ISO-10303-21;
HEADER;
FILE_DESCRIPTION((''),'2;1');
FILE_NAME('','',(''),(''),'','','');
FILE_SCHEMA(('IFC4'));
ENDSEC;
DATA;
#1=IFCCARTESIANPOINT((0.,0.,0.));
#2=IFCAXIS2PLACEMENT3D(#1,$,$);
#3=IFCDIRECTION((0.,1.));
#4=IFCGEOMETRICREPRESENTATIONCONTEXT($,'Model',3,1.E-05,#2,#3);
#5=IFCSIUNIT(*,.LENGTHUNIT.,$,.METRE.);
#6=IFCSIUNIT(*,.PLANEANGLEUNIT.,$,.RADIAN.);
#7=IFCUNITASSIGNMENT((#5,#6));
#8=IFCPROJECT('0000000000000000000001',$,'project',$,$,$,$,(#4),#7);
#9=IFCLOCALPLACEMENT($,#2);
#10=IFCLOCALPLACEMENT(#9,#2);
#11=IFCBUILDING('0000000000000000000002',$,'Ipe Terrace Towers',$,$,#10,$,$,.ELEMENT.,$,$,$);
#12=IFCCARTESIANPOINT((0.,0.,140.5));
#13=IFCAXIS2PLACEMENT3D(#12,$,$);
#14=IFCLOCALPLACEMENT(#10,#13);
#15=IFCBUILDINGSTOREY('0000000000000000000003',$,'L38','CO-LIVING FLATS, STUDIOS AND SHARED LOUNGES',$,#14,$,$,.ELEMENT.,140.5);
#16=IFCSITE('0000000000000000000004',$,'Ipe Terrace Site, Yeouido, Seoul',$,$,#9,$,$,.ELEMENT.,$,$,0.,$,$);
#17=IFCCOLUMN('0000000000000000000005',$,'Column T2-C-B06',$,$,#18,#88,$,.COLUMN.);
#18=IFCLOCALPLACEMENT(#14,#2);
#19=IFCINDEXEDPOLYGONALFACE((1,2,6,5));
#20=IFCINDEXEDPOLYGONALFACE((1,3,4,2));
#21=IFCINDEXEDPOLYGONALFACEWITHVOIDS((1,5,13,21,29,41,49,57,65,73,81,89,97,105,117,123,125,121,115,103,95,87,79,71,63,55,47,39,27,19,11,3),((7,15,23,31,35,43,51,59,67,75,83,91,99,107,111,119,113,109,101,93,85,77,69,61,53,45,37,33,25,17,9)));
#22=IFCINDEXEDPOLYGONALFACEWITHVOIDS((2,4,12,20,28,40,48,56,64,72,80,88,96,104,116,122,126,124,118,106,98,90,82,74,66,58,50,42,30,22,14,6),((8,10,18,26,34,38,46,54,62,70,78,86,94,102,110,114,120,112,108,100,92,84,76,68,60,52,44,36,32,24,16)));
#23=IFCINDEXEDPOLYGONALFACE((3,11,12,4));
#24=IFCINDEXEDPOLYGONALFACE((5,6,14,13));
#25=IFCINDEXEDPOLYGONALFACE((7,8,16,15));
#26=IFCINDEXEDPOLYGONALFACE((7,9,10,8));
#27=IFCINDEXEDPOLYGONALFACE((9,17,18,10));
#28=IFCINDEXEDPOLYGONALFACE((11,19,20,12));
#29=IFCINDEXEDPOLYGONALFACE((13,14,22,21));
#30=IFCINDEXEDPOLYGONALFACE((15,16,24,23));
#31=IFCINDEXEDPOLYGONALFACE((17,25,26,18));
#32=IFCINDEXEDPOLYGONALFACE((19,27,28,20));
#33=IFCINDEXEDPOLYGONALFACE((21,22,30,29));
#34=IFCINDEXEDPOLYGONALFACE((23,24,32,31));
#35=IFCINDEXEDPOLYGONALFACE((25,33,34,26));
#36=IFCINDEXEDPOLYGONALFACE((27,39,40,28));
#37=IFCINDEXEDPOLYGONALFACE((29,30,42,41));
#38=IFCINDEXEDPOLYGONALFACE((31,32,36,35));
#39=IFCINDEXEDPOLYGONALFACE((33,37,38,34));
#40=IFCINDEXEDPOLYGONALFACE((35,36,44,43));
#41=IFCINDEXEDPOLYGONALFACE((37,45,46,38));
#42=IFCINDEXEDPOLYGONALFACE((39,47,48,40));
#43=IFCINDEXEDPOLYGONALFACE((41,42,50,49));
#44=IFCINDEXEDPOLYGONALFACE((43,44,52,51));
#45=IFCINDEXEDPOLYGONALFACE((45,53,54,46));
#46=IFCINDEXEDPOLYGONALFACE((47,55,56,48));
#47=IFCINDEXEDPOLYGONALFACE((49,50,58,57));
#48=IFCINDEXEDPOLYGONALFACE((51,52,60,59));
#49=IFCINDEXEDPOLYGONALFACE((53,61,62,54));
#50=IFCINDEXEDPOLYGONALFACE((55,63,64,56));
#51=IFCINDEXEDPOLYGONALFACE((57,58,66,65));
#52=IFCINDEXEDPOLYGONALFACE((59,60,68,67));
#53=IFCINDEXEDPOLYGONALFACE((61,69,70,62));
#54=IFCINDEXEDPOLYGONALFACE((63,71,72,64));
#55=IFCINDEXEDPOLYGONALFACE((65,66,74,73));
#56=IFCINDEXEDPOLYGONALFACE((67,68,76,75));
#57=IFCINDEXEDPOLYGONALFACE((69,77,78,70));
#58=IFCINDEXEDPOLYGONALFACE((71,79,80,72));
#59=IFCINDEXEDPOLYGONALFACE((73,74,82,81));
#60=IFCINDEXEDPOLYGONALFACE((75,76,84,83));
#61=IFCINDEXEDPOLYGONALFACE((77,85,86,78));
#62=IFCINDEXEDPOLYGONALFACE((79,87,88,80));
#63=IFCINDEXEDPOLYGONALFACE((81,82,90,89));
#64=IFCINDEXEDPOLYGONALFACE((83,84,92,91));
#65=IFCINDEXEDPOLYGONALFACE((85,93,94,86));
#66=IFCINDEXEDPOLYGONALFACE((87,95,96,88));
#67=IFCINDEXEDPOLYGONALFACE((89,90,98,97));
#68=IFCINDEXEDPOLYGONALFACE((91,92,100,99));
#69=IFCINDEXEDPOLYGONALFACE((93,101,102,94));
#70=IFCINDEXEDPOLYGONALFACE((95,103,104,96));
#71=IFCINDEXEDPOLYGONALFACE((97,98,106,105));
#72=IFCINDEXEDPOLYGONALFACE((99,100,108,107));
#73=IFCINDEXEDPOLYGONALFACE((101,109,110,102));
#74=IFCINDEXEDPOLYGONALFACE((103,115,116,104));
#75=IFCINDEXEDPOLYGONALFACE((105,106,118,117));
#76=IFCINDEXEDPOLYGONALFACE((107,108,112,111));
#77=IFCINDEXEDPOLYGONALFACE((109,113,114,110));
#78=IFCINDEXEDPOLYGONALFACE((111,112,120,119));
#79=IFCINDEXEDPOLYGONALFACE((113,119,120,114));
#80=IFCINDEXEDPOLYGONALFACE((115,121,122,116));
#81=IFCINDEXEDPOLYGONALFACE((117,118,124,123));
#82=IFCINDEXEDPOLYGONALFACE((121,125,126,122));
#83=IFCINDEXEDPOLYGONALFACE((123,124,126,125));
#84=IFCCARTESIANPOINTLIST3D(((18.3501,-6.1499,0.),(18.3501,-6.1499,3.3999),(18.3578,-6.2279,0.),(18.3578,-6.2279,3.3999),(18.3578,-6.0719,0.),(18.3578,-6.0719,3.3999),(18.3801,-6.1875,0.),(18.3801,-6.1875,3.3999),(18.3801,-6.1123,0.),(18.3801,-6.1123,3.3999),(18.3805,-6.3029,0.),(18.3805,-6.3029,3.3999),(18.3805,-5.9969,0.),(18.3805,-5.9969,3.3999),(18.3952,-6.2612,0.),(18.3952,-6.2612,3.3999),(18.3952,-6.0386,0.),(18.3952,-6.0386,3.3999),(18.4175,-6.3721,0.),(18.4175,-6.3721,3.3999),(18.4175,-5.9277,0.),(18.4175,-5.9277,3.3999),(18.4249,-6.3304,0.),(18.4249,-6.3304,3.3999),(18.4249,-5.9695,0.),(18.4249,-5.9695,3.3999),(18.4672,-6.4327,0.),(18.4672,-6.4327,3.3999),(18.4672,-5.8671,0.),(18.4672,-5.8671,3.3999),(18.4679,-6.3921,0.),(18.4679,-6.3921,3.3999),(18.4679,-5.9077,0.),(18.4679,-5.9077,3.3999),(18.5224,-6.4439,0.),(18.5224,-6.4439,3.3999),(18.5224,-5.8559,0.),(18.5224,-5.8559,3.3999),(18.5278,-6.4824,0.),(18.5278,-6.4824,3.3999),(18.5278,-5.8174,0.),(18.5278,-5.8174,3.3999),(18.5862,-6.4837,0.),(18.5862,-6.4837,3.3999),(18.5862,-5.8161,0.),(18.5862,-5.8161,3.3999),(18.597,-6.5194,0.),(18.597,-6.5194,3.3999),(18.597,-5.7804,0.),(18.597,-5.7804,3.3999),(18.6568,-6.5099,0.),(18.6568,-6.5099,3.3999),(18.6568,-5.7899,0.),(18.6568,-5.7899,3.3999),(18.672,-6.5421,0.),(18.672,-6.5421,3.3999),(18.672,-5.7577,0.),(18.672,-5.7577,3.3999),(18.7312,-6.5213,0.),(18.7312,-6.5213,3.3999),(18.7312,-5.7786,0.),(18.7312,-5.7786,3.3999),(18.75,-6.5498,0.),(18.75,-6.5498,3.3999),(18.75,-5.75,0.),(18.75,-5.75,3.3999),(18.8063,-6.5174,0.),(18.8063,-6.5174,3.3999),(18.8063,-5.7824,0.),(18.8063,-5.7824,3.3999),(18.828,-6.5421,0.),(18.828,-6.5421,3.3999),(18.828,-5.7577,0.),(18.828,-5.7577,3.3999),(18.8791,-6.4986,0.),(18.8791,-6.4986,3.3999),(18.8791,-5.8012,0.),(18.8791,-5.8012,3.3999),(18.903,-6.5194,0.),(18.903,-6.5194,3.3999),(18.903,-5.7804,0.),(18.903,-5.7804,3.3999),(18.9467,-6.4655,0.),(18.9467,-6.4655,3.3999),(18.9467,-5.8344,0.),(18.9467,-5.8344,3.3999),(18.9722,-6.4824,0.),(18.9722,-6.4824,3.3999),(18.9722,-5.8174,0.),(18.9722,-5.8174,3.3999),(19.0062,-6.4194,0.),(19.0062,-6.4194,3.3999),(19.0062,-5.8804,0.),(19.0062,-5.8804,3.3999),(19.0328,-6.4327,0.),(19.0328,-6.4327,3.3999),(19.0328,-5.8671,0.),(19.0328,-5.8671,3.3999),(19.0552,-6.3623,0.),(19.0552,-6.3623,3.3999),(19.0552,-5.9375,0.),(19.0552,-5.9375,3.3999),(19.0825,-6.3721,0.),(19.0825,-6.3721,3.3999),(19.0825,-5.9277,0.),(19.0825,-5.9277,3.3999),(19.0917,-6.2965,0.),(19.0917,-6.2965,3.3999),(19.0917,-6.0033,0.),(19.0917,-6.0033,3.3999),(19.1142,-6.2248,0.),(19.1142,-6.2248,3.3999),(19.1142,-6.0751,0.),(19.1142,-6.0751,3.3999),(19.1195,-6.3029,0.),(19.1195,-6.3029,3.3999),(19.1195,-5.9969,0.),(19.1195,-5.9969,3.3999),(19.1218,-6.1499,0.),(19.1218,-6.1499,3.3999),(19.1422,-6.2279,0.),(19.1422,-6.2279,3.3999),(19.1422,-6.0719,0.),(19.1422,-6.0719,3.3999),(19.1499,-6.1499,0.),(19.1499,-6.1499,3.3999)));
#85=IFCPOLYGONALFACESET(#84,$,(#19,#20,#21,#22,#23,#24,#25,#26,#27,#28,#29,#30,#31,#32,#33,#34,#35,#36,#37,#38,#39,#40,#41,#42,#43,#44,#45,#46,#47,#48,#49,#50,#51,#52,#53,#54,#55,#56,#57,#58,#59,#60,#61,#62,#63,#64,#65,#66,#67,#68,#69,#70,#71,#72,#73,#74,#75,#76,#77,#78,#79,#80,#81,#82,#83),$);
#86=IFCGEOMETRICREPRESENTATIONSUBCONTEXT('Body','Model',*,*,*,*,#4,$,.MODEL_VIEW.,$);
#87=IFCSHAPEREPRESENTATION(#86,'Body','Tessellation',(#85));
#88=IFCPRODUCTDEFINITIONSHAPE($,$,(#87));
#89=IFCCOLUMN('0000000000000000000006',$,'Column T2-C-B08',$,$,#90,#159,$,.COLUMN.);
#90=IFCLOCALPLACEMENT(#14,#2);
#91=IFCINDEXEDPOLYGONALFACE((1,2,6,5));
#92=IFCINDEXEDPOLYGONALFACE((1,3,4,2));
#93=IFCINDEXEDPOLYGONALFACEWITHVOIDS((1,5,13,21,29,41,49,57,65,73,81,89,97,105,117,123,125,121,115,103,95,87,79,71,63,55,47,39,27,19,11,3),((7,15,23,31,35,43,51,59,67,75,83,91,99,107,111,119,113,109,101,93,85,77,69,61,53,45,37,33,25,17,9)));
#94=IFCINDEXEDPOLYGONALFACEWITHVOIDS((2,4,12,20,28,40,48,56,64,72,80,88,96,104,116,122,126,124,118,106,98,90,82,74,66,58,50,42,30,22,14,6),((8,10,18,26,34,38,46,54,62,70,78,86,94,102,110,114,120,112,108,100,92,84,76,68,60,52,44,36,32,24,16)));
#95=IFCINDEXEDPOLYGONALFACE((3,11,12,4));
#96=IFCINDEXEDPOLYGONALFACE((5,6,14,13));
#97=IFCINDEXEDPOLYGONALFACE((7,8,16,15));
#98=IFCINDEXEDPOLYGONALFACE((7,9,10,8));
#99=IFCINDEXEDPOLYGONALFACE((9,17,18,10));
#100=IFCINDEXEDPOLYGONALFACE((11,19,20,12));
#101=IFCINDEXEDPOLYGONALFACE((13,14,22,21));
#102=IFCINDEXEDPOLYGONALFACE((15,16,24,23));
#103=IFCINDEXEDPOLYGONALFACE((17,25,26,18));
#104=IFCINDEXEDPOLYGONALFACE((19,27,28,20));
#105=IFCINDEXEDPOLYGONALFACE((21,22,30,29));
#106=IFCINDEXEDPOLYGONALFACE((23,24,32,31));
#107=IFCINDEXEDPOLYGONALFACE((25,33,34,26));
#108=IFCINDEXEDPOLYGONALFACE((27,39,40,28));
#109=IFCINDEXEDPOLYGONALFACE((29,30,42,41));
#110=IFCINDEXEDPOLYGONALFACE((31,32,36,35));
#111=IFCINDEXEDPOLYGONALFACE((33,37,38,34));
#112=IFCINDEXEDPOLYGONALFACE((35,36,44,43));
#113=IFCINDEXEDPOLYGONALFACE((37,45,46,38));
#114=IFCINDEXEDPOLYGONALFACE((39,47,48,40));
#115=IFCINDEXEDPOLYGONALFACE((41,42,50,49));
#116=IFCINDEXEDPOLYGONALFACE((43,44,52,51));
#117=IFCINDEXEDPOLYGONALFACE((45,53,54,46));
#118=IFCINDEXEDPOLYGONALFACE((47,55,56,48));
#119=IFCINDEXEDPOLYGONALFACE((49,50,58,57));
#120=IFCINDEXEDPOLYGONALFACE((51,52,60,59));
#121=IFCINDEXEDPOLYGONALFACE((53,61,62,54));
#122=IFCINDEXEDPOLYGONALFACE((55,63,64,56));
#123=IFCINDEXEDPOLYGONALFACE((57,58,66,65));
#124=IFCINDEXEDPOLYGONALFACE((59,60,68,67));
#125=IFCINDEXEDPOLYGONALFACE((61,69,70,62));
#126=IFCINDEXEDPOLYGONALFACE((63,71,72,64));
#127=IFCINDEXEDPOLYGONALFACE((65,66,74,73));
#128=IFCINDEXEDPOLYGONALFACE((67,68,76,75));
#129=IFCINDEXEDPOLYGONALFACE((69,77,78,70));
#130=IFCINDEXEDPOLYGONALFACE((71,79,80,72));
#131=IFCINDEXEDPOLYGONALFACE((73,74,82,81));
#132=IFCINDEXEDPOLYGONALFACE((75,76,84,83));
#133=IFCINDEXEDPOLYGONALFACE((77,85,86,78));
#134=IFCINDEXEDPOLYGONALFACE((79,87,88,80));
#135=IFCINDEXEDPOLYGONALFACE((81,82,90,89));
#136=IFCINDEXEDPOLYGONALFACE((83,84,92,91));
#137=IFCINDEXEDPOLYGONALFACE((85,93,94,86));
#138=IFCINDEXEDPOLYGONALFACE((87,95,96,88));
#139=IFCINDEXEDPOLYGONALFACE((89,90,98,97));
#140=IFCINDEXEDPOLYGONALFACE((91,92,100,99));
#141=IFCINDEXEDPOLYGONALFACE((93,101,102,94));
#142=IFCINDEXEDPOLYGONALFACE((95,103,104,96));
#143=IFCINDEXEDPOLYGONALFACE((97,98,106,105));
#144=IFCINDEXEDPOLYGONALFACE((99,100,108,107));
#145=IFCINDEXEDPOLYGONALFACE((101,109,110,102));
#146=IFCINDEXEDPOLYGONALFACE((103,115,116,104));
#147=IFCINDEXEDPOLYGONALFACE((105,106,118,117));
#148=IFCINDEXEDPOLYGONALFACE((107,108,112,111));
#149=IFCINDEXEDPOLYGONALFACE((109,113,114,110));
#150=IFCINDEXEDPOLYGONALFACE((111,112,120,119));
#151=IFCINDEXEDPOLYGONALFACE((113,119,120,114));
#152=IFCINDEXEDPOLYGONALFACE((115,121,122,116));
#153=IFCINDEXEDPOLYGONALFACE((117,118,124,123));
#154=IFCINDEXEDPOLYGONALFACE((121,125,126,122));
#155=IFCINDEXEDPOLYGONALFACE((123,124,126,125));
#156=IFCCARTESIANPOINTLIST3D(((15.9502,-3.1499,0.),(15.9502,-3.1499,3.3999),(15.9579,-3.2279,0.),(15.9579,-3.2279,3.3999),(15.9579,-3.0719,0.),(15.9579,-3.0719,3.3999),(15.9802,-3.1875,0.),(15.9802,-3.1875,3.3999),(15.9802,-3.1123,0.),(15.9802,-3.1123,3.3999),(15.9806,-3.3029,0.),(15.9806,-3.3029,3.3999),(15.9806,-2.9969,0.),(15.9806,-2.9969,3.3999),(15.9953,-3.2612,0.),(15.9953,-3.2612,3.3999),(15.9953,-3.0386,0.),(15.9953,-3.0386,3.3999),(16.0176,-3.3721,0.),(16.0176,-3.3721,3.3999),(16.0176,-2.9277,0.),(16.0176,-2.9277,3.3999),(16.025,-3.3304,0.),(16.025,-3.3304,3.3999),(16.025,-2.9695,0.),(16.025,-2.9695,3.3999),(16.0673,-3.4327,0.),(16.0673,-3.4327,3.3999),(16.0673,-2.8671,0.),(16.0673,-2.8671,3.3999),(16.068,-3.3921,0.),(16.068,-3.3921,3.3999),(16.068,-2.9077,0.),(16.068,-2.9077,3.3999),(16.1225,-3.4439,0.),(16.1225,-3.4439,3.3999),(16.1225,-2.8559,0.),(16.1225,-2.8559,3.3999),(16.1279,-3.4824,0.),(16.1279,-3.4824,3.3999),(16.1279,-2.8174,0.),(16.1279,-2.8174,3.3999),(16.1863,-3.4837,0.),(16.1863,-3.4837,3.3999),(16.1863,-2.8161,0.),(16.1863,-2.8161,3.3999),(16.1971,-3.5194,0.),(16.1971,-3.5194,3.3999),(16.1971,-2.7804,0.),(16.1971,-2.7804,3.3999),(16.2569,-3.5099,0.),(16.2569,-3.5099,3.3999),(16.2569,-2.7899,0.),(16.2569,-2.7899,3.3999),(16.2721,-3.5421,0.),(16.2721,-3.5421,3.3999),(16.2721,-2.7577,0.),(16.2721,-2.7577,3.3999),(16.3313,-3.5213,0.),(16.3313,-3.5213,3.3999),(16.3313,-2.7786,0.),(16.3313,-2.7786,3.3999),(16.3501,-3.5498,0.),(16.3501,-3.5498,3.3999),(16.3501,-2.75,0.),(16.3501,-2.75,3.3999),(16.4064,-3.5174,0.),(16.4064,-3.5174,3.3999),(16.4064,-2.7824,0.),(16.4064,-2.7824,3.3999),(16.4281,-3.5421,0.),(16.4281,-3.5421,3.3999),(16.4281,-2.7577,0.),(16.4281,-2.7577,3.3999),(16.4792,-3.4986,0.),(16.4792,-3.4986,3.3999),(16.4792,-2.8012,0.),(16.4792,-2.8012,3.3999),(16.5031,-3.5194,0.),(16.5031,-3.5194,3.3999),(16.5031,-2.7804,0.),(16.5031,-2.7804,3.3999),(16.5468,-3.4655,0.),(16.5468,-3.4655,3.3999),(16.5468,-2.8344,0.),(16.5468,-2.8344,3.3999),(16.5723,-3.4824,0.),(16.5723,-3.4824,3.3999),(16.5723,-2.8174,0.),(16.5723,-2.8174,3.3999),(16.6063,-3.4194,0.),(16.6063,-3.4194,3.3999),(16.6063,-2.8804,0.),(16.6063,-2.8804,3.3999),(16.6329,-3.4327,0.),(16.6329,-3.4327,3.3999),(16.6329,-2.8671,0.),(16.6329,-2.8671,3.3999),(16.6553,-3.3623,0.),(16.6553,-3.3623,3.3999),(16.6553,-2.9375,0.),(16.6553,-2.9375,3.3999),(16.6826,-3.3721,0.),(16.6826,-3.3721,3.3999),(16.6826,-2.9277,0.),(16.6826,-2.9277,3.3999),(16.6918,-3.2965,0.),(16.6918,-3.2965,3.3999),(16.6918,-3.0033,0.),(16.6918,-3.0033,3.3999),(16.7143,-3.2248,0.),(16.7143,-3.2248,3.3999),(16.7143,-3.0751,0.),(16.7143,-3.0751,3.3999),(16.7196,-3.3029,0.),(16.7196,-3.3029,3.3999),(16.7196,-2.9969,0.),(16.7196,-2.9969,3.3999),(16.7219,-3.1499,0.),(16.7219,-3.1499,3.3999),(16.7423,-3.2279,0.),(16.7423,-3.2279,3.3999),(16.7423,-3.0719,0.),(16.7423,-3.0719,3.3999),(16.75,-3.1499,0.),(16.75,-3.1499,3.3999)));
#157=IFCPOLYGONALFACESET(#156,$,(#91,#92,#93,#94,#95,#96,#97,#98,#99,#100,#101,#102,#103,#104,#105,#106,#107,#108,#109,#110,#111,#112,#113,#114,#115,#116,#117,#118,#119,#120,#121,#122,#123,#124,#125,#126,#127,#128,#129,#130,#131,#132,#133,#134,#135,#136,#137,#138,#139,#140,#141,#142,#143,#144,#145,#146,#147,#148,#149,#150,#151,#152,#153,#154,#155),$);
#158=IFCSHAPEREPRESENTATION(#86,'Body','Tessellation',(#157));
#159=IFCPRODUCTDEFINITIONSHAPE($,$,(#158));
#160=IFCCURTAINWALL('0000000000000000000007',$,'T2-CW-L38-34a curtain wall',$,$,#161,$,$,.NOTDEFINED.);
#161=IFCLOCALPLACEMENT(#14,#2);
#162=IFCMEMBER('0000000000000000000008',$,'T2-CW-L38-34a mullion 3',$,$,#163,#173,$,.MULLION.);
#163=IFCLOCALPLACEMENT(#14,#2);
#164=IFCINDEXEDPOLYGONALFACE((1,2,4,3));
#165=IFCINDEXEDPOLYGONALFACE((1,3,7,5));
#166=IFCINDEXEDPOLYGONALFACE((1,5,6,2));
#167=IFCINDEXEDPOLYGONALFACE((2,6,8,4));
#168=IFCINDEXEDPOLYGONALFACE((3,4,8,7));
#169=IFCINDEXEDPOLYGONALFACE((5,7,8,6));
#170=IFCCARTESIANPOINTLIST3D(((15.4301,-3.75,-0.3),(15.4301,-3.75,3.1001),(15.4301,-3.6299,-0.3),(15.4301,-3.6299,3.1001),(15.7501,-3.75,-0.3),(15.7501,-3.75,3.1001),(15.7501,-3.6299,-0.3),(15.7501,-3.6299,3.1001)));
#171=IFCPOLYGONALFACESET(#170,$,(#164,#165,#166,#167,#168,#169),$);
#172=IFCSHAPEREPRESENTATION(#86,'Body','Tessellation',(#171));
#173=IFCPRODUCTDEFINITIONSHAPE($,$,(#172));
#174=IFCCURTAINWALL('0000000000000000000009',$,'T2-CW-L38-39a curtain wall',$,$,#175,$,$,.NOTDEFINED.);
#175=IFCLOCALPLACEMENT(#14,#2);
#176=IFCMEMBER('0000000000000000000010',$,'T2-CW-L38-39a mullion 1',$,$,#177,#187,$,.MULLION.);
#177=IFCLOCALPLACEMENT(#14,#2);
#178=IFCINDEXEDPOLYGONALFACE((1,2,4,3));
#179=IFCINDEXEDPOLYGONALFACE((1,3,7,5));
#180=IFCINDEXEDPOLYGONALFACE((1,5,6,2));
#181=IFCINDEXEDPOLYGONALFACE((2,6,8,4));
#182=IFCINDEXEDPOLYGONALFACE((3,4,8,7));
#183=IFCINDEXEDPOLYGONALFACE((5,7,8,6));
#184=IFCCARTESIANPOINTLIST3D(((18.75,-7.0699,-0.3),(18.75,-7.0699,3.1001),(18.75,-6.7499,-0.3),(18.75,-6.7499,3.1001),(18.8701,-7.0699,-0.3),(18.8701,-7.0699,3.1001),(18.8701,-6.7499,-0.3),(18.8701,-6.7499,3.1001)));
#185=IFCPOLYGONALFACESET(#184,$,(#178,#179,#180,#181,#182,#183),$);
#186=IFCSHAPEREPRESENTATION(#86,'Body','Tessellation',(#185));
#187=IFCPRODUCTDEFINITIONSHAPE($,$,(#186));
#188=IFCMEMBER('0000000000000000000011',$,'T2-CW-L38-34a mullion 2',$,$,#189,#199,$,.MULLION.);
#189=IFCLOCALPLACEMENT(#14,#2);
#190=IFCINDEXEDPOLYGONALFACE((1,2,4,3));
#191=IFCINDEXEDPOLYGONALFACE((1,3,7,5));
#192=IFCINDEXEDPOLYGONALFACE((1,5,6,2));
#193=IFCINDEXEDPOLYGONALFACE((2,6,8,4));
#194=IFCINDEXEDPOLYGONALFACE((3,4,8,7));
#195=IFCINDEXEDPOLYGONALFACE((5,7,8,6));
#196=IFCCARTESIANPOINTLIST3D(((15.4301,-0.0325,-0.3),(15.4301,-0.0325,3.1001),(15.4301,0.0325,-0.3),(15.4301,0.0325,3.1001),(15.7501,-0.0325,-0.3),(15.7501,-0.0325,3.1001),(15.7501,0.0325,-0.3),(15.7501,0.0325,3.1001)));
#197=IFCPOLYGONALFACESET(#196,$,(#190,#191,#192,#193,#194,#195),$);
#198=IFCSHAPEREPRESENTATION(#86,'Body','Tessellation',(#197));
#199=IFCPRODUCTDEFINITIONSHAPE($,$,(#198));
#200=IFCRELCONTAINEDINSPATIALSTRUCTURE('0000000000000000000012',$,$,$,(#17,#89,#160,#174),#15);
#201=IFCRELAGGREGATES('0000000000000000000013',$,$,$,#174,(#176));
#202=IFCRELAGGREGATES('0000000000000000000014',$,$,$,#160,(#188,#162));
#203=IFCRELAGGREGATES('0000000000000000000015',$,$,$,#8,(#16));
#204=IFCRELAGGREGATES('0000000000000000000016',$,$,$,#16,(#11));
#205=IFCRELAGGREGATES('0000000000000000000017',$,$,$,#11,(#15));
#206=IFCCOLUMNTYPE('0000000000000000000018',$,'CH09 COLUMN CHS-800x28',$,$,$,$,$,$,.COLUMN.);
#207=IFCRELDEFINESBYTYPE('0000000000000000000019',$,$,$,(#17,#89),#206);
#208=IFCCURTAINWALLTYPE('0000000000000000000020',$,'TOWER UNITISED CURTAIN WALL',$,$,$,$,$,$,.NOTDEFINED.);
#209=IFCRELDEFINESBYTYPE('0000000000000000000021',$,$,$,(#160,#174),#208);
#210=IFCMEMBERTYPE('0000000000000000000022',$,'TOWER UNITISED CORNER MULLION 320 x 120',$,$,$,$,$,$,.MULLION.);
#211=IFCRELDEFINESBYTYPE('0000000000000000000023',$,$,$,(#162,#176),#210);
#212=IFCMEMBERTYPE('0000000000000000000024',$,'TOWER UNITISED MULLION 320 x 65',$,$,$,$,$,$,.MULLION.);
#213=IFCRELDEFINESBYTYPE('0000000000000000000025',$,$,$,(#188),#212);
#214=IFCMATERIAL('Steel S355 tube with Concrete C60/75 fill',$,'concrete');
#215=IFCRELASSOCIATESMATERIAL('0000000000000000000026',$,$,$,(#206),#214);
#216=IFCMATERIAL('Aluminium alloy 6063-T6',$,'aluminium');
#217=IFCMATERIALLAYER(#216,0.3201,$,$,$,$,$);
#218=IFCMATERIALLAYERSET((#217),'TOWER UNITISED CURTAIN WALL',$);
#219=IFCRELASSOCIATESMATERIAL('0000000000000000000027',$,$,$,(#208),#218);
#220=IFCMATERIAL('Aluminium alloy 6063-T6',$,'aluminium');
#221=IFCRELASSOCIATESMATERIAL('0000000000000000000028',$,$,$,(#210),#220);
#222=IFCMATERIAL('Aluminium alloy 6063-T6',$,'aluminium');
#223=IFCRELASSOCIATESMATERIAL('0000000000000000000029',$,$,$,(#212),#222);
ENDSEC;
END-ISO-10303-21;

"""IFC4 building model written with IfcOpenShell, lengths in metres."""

from ifc_helpers import new_model, si_unit, direction, frame, origin, origin_2d, place, context, subcontext, project, spatial, rectangle, hollow_circle, extrude, material, layer, layer_set, material_profile, profile_set, type_object, element, aggregate, save


model = new_model("IFC4")

# Units and contexts
model_context = context("Model", 3, precision=1e-05, world=origin(), true_north=direction((0.0, 1.0)))
body_context = subcontext(model_context, "Body", "Model", "MODEL_VIEW")
ifc_project = project(units=[si_unit("LENGTHUNIT", "METRE"), si_unit("PLANEANGLEUNIT", "RADIAN")], contexts=[model_context])

# Site, building, storey
site_placement = place(None, origin())
site = spatial("IfcSite", under=ifc_project, at=site_placement, Name="Ipe Terrace Site, Yeouido, Seoul", CompositionType="ELEMENT", RefElevation=0.0)
building_placement = place(site_placement, origin())
building = spatial("IfcBuilding", under=site, at=building_placement, Name="Ipe Terrace Towers", CompositionType="ELEMENT")
storey_placement = place(building_placement, frame((0.0, 0.0, 140.5)))
storey = spatial("IfcBuildingStorey", under=building, at=storey_placement, Name="L38", Description="CO-LIVING FLATS, STUDIOS AND SHARED LOUNGES", CompositionType="ELEMENT", Elevation=140.5)

# Columns
ifc_material_1 = material(Name="Steel S355 tube with Concrete C60/75 fill", Category="concrete")
ifc_material_profile_1 = material_profile(ifc_material_1, hollow_circle(Radius=0.3999, WallThickness=0.0281, at=origin_2d()), Name="CHS-800x28")
ifc_profile_set_1 = profile_set([ifc_material_profile_1], Name="Steel S355 tube with Concrete C60/75 fill")
column_type = type_object("IfcColumnType", Name="CH09 COLUMN CHS-800x28", PredefinedType="COLUMN", material=ifc_profile_set_1)
for number, where, z_axis, x_axis, name in (
    (1, (18.75, -6.1499, 0.0), (0.0, 0.0, 1.0), (1.0, 0.0, 0.0), "Column T2-C-B06"),
    (2, (16.3501, -3.1499, 0.0), (0.0, 0.0, 1.0), (1.0, 0.0, 0.0), "Column T2-C-B08"),
):
    element("IfcColumn", number, at=place(storey_placement, frame(where, z_axis=z_axis, x_axis=x_axis)), inside=storey, type_object=column_type, Name=name, PredefinedType="COLUMN", context=body_context, shape_type="SweptSolid", body=[
        extrude(hollow_circle(Radius=0.3999, WallThickness=0.0281, at=origin_2d()), origin(), (0.0, 0.0, 1.0), 3.3999),
    ])

# Curtain walls, members
ifc_material_2 = material(Name="Aluminium alloy 6063-T6", Category="aluminium")
ifc_layer_1 = layer(ifc_material_2, 0.3201)
ifc_layer_set_1 = layer_set([ifc_layer_1], Name="TOWER UNITISED CURTAIN WALL")
curtain_wall_type = type_object("IfcCurtainWallType", Name="TOWER UNITISED CURTAIN WALL", PredefinedType="NOTDEFINED", material=ifc_layer_set_1)
curtain_wall_1_placement = place(storey_placement, origin())
curtain_wall_1 = element("IfcCurtainWall", 3, at=curtain_wall_1_placement, inside=storey, type_object=curtain_wall_type, Name="T2-CW-L38-34a curtain wall", PredefinedType="NOTDEFINED")
ifc_material_3 = material(Name="Aluminium alloy 6063-T6", Category="aluminium")
ifc_material_profile_2 = material_profile(ifc_material_3, rectangle(XDim=0.3201, YDim=0.1201, at=origin_2d()), Name="TOWER UNITISED CORNER MULLION 320 x 120")
ifc_profile_set_2 = profile_set([ifc_material_profile_2], Name="Aluminium alloy 6063-T6")
member_type_1 = type_object("IfcMemberType", Name="TOWER UNITISED CORNER MULLION 320 x 120", PredefinedType="MULLION", material=ifc_profile_set_2)
member_1_placement = place(storey_placement, frame((15.5901, -3.6899, -0.3), z_axis=(0.0, 0.0, 1.0), x_axis=(-1.0, 0.0, 0.0)))
member_1 = element("IfcMember", 4, at=member_1_placement, type_object=member_type_1, Name="T2-CW-L38-34a mullion 3", PredefinedType="MULLION", context=body_context, shape_type="SweptSolid", body=[
    extrude(rectangle(XDim=0.3201, YDim=0.1201, at=origin_2d()), origin(), (0.0, 0.0, 1.0), 3.4001),
])
curtain_wall_2_placement = place(storey_placement, origin())
curtain_wall_2 = element("IfcCurtainWall", 5, at=curtain_wall_2_placement, inside=storey, type_object=curtain_wall_type, Name="T2-CW-L38-39a curtain wall", PredefinedType="NOTDEFINED")
member_2_placement = place(storey_placement, frame((18.8101, -6.9099, -0.3), z_axis=(0.0, 0.0, 1.0), x_axis=(0.0, -1.0, 0.0)))
member_2 = element("IfcMember", 6, at=member_2_placement, type_object=member_type_1, Name="T2-CW-L38-39a mullion 1", PredefinedType="MULLION", context=body_context, shape_type="SweptSolid", body=[
    extrude(rectangle(XDim=0.3201, YDim=0.1201, at=origin_2d()), origin(), (0.0, 0.0, 1.0), 3.4001),
])
aggregate(curtain_wall_2, [member_2])

# Member
ifc_material_4 = material(Name="Aluminium alloy 6063-T6", Category="aluminium")
ifc_material_profile_3 = material_profile(ifc_material_4, rectangle(XDim=0.3201, YDim=0.0649, at=origin_2d()), Name="TOWER UNITISED MULLION 320 x 65")
ifc_profile_set_3 = profile_set([ifc_material_profile_3], Name="Aluminium alloy 6063-T6")
member_type_2 = type_object("IfcMemberType", Name="TOWER UNITISED MULLION 320 x 65", PredefinedType="MULLION", material=ifc_profile_set_3)
member_3_placement = place(storey_placement, frame((15.5901, 0.0, -0.3), z_axis=(0.0, 0.0, 1.0), x_axis=(-1.0, 0.0, 0.0)))
member_3 = element("IfcMember", 7, at=member_3_placement, type_object=member_type_2, Name="T2-CW-L38-34a mullion 2", PredefinedType="MULLION", context=body_context, shape_type="SweptSolid", body=[
    extrude(rectangle(XDim=0.3201, YDim=0.0649, at=origin_2d()), origin(), (0.0, 0.0, 1.0), 3.4001),
])

aggregate(curtain_wall_1, [member_3, member_1])

save(model, "model.ifc")
